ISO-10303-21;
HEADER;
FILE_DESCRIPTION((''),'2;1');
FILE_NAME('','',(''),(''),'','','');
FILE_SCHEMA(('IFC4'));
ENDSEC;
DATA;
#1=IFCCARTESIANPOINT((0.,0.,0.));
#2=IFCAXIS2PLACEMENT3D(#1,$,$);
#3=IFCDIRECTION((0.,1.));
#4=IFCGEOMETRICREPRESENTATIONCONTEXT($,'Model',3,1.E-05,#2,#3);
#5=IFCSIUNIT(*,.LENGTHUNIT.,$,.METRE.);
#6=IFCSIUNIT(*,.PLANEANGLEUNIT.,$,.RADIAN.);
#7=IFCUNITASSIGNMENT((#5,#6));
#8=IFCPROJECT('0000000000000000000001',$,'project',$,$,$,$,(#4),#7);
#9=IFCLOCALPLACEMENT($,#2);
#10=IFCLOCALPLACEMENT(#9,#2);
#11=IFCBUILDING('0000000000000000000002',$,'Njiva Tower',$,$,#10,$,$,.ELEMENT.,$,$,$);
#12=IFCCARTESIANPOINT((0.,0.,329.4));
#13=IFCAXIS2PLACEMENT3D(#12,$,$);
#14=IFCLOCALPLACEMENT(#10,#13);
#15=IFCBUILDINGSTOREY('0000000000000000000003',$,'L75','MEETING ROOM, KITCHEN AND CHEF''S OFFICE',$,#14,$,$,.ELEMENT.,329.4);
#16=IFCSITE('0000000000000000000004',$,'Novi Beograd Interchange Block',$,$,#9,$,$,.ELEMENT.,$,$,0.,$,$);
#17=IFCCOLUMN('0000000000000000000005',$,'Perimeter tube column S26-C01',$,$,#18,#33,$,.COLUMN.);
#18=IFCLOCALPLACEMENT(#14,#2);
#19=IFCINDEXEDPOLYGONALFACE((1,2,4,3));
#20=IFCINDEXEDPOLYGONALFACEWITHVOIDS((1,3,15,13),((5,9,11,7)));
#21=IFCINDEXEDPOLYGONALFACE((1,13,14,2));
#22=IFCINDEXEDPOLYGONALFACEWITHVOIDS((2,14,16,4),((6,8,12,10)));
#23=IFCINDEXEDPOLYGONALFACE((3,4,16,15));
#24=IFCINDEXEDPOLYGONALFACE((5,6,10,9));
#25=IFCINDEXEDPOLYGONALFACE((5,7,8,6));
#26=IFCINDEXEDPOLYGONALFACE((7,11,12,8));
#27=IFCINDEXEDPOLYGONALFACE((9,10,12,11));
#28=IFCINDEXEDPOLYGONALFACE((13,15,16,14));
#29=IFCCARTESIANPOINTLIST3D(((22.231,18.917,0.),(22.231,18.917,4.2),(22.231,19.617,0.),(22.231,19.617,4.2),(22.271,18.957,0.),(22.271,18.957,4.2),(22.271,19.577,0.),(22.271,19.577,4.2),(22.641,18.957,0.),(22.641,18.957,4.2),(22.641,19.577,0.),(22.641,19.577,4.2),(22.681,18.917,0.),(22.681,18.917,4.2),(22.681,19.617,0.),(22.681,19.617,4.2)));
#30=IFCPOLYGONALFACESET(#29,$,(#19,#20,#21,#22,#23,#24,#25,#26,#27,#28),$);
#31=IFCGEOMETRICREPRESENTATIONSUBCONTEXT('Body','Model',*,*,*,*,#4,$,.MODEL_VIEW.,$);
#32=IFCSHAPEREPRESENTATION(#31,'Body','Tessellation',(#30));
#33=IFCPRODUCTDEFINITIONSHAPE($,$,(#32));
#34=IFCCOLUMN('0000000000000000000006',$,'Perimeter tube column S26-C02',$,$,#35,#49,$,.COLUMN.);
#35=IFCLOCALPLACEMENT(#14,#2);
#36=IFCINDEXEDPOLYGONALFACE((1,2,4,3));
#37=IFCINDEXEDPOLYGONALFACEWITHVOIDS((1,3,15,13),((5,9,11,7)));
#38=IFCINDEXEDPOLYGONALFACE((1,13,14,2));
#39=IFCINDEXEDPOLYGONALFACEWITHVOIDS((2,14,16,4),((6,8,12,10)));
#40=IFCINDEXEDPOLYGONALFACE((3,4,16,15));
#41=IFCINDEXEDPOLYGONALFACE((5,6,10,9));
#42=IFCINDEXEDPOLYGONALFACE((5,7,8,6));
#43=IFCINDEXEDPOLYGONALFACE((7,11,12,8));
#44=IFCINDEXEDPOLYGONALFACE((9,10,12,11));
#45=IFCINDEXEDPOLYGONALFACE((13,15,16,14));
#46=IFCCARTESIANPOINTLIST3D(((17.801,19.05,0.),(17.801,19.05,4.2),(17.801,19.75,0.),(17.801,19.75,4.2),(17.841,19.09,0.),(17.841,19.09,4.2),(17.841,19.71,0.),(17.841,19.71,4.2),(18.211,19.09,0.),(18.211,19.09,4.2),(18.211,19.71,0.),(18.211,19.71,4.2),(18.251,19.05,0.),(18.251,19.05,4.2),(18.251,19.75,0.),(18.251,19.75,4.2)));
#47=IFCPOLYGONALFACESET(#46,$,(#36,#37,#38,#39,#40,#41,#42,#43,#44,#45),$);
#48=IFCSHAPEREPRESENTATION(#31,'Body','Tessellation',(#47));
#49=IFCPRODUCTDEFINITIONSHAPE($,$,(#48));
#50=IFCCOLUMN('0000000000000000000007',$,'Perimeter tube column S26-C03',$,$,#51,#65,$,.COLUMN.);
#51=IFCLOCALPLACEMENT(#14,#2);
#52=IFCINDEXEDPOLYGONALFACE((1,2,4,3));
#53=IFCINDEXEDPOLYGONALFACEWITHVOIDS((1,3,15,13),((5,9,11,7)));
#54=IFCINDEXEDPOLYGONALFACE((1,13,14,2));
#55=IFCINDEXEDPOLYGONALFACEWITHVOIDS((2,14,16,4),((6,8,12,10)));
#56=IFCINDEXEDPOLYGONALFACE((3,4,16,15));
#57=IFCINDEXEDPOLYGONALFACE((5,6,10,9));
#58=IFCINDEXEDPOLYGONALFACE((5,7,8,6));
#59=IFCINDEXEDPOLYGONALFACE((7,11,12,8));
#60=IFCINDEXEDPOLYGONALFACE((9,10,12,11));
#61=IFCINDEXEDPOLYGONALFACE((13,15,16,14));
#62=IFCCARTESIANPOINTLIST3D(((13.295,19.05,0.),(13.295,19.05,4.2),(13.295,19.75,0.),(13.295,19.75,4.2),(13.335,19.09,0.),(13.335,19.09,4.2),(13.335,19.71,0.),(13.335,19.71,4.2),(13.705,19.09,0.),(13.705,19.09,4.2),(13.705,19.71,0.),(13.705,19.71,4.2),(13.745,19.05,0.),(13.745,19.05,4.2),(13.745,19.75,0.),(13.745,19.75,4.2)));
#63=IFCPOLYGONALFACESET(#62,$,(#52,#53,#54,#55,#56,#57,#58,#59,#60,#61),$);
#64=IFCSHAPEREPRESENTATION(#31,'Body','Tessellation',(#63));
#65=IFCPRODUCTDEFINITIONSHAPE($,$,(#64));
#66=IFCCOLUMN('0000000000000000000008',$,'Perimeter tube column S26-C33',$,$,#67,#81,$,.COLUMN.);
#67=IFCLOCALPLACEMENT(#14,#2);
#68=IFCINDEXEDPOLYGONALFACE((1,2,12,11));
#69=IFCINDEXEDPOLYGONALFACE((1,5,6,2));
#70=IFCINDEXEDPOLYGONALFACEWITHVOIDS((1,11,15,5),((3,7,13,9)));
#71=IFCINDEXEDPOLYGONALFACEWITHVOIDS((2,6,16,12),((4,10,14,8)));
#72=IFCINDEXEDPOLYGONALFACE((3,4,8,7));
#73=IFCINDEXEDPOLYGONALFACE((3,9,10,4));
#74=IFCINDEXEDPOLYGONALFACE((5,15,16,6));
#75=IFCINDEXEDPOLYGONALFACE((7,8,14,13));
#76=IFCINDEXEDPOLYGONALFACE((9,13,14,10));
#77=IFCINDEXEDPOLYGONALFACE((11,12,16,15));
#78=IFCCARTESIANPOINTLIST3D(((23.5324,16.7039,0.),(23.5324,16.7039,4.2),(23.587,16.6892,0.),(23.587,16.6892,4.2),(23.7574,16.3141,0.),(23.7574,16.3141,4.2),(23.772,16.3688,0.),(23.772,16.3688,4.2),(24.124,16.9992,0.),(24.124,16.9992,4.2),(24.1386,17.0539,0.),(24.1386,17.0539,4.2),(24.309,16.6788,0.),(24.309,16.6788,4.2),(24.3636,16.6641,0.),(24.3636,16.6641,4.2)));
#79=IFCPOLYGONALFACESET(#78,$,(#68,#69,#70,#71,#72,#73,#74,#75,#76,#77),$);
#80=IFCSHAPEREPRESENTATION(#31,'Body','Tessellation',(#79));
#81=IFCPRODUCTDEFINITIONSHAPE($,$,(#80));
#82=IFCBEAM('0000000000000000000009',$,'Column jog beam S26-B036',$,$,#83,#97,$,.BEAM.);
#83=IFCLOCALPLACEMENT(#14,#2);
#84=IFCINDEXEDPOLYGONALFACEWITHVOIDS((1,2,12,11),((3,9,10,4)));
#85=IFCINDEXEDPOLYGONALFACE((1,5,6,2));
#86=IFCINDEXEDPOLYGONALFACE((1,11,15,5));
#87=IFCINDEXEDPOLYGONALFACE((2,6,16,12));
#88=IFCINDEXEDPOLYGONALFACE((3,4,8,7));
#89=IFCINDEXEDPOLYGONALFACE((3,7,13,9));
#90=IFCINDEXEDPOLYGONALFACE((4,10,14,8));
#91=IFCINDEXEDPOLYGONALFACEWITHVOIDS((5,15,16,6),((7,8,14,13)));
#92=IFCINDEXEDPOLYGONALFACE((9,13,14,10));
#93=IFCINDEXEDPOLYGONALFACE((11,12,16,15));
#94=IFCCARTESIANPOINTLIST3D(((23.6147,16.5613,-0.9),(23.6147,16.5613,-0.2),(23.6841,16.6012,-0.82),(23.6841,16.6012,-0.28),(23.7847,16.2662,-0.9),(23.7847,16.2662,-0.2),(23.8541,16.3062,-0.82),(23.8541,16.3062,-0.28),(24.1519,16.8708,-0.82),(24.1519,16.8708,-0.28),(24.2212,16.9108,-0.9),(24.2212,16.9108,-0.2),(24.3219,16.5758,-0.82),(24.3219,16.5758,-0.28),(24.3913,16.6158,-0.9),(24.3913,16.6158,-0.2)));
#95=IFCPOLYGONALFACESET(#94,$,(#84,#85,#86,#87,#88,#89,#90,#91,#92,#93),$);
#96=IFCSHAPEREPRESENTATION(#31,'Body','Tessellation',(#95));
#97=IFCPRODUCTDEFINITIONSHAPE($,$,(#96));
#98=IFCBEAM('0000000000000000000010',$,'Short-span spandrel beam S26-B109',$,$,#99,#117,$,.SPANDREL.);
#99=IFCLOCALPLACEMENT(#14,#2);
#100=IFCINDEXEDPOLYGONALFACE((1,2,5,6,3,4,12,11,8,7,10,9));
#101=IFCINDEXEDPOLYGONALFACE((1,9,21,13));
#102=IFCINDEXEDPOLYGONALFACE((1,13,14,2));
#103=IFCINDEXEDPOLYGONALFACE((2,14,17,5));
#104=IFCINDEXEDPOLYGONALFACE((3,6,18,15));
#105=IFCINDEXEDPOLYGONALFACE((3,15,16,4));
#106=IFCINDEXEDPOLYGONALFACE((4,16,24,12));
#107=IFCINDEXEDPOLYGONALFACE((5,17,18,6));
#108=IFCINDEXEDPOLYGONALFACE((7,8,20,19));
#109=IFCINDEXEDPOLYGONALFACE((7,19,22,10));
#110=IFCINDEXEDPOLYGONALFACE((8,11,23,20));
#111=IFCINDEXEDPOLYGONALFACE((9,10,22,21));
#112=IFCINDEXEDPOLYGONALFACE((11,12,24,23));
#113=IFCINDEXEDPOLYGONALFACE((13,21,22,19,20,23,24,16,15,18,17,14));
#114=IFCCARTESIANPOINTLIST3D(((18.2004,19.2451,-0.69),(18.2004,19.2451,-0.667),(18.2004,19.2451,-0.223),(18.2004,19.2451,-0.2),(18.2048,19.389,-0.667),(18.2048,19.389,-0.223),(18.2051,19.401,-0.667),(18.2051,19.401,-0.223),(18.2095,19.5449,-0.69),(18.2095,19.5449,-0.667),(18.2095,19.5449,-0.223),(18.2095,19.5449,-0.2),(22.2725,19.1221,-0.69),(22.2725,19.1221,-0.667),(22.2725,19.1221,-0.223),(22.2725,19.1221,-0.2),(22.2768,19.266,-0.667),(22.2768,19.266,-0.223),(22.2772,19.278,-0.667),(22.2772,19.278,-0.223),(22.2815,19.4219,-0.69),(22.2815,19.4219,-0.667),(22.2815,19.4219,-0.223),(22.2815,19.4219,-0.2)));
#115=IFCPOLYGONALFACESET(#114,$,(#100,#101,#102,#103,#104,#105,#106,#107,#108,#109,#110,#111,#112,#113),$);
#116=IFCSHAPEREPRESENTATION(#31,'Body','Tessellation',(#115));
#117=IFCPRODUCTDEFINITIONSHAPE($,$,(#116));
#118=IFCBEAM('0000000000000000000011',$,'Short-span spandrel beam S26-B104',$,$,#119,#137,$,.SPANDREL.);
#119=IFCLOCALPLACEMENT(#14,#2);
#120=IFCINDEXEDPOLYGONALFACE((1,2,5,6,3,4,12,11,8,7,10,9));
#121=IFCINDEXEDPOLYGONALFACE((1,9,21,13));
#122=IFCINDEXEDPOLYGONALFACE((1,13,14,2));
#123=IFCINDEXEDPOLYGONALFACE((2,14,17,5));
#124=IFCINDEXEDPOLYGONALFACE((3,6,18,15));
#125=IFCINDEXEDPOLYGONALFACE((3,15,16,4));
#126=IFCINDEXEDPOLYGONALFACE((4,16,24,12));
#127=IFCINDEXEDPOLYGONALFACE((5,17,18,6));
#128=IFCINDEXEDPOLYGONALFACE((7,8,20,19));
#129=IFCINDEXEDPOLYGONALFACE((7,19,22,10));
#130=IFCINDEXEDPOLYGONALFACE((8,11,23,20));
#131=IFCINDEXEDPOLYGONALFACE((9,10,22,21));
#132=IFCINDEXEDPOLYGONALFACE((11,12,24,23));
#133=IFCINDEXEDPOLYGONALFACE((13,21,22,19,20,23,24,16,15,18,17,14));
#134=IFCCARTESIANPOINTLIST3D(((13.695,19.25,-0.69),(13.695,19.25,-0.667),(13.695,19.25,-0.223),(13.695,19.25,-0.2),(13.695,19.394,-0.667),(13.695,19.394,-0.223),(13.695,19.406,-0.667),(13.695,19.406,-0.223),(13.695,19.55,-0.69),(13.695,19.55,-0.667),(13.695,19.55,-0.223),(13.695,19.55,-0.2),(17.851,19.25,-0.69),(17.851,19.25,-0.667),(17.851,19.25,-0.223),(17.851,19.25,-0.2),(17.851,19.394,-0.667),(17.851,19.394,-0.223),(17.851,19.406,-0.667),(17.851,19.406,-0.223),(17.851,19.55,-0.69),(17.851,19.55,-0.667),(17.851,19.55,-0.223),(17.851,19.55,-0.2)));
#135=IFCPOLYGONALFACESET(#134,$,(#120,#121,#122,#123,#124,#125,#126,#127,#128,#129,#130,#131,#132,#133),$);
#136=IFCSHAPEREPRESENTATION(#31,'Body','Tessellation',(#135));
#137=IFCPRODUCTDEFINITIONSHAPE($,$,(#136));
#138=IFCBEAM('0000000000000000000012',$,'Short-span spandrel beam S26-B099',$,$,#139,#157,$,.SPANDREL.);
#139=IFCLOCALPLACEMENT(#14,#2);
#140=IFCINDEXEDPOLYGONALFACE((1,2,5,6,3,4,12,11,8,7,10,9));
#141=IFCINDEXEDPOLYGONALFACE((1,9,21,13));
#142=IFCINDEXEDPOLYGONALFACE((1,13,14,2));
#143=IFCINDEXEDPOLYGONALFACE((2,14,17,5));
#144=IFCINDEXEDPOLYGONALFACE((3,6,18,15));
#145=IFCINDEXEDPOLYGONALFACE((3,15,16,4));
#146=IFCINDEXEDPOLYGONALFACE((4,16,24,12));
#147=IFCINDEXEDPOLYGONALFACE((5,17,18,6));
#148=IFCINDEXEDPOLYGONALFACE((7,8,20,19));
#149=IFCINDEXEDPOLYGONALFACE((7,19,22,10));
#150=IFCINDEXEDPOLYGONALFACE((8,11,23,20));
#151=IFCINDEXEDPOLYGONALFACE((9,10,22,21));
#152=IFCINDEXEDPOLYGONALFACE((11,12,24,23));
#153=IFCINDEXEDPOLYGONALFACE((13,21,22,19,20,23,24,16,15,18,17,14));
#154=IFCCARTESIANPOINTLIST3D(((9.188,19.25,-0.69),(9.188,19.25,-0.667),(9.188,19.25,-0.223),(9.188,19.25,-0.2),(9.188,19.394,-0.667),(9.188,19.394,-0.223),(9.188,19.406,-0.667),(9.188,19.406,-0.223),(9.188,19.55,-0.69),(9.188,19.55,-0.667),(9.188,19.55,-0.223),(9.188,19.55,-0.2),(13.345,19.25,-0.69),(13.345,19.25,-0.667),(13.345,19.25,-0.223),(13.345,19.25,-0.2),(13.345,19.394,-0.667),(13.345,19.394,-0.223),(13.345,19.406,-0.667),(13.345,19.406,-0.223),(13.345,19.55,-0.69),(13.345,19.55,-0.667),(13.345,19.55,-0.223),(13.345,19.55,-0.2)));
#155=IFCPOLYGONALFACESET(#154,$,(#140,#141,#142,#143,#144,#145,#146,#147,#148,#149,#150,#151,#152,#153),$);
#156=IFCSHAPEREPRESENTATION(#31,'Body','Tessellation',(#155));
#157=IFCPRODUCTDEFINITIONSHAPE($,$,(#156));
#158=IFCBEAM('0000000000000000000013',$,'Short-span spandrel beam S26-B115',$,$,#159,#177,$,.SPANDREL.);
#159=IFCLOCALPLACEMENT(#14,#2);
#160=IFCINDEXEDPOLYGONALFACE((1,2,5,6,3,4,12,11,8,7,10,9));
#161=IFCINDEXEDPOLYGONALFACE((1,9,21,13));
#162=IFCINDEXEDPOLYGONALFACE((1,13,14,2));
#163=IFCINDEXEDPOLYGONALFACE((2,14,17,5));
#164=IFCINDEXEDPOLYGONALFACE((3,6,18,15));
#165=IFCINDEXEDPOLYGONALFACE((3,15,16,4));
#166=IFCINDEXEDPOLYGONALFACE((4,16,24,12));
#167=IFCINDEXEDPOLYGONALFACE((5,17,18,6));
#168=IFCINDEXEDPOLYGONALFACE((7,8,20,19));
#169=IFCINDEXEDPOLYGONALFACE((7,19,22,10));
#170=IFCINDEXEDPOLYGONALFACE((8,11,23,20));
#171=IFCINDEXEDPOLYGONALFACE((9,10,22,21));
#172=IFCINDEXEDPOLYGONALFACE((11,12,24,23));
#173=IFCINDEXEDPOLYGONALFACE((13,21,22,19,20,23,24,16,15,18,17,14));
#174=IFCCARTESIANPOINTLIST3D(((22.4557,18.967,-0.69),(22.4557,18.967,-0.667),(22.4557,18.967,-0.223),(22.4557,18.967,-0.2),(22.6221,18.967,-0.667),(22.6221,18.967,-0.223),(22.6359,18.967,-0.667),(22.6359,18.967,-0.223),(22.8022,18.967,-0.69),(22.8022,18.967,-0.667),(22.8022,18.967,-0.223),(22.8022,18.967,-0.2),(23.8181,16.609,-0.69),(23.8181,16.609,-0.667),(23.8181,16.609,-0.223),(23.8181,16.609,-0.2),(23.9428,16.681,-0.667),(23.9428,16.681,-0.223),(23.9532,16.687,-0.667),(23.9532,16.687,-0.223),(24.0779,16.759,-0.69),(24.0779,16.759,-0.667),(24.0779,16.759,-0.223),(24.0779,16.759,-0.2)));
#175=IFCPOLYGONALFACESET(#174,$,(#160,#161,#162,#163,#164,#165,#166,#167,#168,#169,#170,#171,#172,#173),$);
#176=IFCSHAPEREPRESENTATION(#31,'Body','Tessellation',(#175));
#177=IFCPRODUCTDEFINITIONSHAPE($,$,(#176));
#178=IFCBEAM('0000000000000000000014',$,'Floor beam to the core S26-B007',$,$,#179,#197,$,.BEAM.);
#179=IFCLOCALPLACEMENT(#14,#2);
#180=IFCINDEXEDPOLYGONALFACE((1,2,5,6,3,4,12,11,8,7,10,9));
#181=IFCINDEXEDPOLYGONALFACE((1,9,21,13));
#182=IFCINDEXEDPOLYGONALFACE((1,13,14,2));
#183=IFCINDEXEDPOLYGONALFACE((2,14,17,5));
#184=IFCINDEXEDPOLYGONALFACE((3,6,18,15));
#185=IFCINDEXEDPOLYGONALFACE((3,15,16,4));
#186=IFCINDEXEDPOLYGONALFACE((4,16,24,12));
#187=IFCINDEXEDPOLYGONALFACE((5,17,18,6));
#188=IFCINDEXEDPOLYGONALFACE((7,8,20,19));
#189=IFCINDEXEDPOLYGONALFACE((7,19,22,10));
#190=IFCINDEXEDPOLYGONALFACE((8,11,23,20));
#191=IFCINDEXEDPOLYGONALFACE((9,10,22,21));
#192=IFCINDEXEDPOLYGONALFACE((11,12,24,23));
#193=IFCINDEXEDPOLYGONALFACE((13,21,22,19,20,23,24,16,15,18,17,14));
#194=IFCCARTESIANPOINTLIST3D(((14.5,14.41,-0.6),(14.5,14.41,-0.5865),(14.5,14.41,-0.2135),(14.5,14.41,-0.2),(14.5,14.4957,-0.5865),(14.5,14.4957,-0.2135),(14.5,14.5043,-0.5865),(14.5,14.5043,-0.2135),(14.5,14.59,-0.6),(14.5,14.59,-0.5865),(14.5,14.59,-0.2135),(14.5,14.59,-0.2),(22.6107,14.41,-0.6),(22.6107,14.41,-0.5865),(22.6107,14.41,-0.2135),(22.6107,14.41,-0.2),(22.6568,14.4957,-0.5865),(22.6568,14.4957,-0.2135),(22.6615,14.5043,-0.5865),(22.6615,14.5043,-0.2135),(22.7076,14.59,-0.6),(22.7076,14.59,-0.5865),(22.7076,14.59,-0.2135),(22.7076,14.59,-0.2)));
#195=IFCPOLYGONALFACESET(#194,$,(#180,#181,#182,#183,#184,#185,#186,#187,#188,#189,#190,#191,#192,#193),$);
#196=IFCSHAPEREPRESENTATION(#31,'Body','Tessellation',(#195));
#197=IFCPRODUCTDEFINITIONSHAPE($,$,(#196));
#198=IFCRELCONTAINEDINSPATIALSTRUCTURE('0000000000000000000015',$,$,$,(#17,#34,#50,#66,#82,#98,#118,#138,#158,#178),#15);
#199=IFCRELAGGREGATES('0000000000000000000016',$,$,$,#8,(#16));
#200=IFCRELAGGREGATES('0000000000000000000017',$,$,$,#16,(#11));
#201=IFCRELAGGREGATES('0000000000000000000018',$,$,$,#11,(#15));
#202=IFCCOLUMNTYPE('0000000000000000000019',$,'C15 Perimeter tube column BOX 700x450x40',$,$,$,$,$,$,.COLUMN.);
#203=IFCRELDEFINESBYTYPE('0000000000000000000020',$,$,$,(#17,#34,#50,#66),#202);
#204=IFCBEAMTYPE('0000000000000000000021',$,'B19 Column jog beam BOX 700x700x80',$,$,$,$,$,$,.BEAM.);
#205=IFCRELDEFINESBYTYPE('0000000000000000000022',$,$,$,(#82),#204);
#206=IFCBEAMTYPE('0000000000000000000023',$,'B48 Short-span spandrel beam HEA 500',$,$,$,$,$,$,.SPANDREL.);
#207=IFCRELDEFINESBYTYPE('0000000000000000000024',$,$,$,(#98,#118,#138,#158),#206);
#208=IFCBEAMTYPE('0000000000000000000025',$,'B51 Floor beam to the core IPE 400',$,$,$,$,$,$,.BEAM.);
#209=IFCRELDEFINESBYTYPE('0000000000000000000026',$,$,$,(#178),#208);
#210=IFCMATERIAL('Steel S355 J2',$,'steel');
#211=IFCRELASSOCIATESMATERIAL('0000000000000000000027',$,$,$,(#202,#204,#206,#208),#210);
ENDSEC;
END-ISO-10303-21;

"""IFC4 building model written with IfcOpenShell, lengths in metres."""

from ifc_helpers import new_model, si_unit, direction, frame, origin, origin_2d, place, context, subcontext, project, spatial, hollow_rectangle, i_section, extrude, clip, halfspace, material, material_profile, profile_set, type_object, element, save


model = new_model("IFC4")

# Units and contexts
model_context = context("Model", 3, precision=1e-05, world=origin(), true_north=direction((0.0, 1.0)))
body_context = subcontext(model_context, "Body", "Model", "MODEL_VIEW")
ifc_project = project(units=[si_unit("LENGTHUNIT", "METRE"), si_unit("PLANEANGLEUNIT", "RADIAN")], contexts=[model_context])

# Site, building, storey
site_placement = place(None, origin())
site = spatial("IfcSite", under=ifc_project, at=site_placement, Name="Novi Beograd Interchange Block", CompositionType="ELEMENT", RefElevation=0.0)
building_placement = place(site_placement, origin())
building = spatial("IfcBuilding", under=site, at=building_placement, Name="Njiva Tower", CompositionType="ELEMENT")
storey_placement = place(building_placement, frame((0.0, 0.0, 329.4)))
storey = spatial("IfcBuildingStorey", under=building, at=storey_placement, Name="L75", Description="MEETING ROOM, KITCHEN AND CHEF'S OFFICE", CompositionType="ELEMENT", Elevation=329.4)

# Columns
ifc_material_1 = material(Name="Steel S355 J2", Category="steel")
ifc_material_profile_1 = material_profile(ifc_material_1, hollow_rectangle(XDim=0.45, YDim=0.7, WallThickness=0.04, at=origin_2d()), Name="BOX 700x450x40")
ifc_profile_set_1 = profile_set([ifc_material_profile_1], Name="Steel S355 J2")
column_type = type_object("IfcColumnType", Name="C15 Perimeter tube column BOX 700x450x40", PredefinedType="COLUMN", material=ifc_profile_set_1)
for number, where, z_axis, x_axis, name in (
    (1, (22.456, 19.267, 0.0), (0.0, 0.0, 1.0), (-1.0, 0.0, 0.0), "Perimeter tube column S26-C01"),
    (2, (18.026, 19.4, 0.0), (0.0, 0.0, 1.0), (-1.0, 0.0, 0.0), "Perimeter tube column S26-C02"),
    (3, (13.52, 19.4, 0.0), (0.0, 0.0, 1.0), (-1.0, 0.0, 0.0), "Perimeter tube column S26-C03"),
    (4, (23.948, 16.684, 0.0), (0.0, 0.0, 1.0), (-0.5, 0.866025, 0.0), "Perimeter tube column S26-C33"),
):
    element("IfcColumn", number, at=place(storey_placement, frame(where, z_axis=z_axis, x_axis=x_axis)), inside=storey, type_object=column_type, Name=name, PredefinedType="COLUMN", context=body_context, shape_type="SweptSolid", body=[
        extrude(hollow_rectangle(XDim=0.45, YDim=0.7, WallThickness=0.04, at=origin_2d()), origin(), (0.0, 0.0, 1.0), 4.2),
    ])

# Beams
ifc_material_profile_2 = material_profile(ifc_material_1, hollow_rectangle(XDim=0.7, YDim=0.7, WallThickness=0.08, at=origin_2d()), Name="BOX 700x700x80")
ifc_profile_set_2 = profile_set([ifc_material_profile_2], Name="Steel S355 J2")
beam_type_1 = type_object("IfcBeamType", Name="B19 Column jog beam BOX 700x700x80", PredefinedType="BEAM", material=ifc_profile_set_2)
beam_1_placement = place(storey_placement, frame((24.088, 16.441, -0.55), z_axis=(-0.499299, 0.86643, 0.0), x_axis=(-0.86643, -0.499299, 0.0)))
element("IfcBeam", 5, at=beam_1_placement, inside=storey, type_object=beam_type_1, Name="Column jog beam S26-B036", PredefinedType="BEAM", context=body_context, shape_type="SweptSolid", body=[
    extrude(hollow_rectangle(XDim=0.7, YDim=0.7, WallThickness=0.08, at=origin_2d()), origin(), (0.0, 0.0, 1.0), 0.3405),
])
ifc_material_profile_3 = material_profile(ifc_material_1, i_section(OverallWidth=0.3, OverallDepth=0.49, WebThickness=0.012, FlangeThickness=0.023, at=origin_2d()), Name="HEA 500")
ifc_profile_set_3 = profile_set([ifc_material_profile_3], Name="Steel S355 J2")
beam_type_2 = type_object("IfcBeamType", Name="B48 Short-span spandrel beam HEA 500", PredefinedType="SPANDREL", material=ifc_profile_set_3)
beam_2_placement = place(storey_placement, frame((22.277, 19.272, -0.445), z_axis=(-0.999544, 0.030193, 0.0), x_axis=(-0.030193, -0.999544, 0.0)))
element("IfcBeam", 6, at=beam_2_placement, inside=storey, type_object=beam_type_2, Name="Short-span spandrel beam S26-B109", PredefinedType="SPANDREL", context=body_context, shape_type="SweptSolid", body=[
    extrude(i_section(OverallWidth=0.3, OverallDepth=0.49, WebThickness=0.012, FlangeThickness=0.023, at=origin_2d()), origin(), (0.0, 0.0, 1.0), 4.0739),
])
beam_3_placement = place(storey_placement, frame((17.851, 19.4, -0.445), z_axis=(-1.0, 0.0, 0.0), x_axis=(0.0, -1.0, 0.0)))
element("IfcBeam", 7, at=beam_3_placement, inside=storey, type_object=beam_type_2, Name="Short-span spandrel beam S26-B104", PredefinedType="SPANDREL", context=body_context, shape_type="SweptSolid", body=[
    extrude(i_section(OverallWidth=0.3, OverallDepth=0.49, WebThickness=0.012, FlangeThickness=0.023, at=origin_2d()), origin(), (0.0, 0.0, 1.0), 4.156),
])
beam_4_placement = place(storey_placement, frame((13.345, 19.4, -0.445), z_axis=(-1.0, 0.0, 0.0), x_axis=(0.0, -1.0, 0.0)))
element("IfcBeam", 8, at=beam_4_placement, inside=storey, type_object=beam_type_2, Name="Short-span spandrel beam S26-B099", PredefinedType="SPANDREL", context=body_context, shape_type="SweptSolid", body=[
    extrude(i_section(OverallWidth=0.3, OverallDepth=0.49, WebThickness=0.012, FlangeThickness=0.023, at=origin_2d()), origin(), (0.0, 0.0, 1.0), 4.157),
])
beam_5_placement = place(storey_placement, frame((23.948, 16.684, -0.445), z_axis=(-0.500259, 0.865876, 0.0), x_axis=(-0.865876, -0.500259, 0.0)))
element("IfcBeam", 9, at=beam_5_placement, inside=storey, type_object=beam_type_2, Name="Short-span spandrel beam S26-B115", PredefinedType="SPANDREL", context=body_context, shape_type="Clipping", body=[
    clip(extrude(i_section(OverallWidth=0.3, OverallDepth=0.49, WebThickness=0.012, FlangeThickness=0.023, at=origin_2d()), origin(), (0.0, 0.0, 1.0), 2.7436), halfspace(frame((-0.0254, 0.0, 2.622), z_axis=(-0.500259, 0.0, 0.865876), x_axis=(0.0, 1.0, 0.0)), False)),
])
ifc_material_profile_4 = material_profile(ifc_material_1, i_section(OverallWidth=0.18, OverallDepth=0.4, WebThickness=0.0086, FlangeThickness=0.0135, at=origin_2d()), Name="IPE 400")
ifc_profile_set_4 = profile_set([ifc_material_profile_4], Name="Steel S355 J2")
beam_type_3 = type_object("IfcBeamType", Name="B51 Floor beam to the core IPE 400", PredefinedType="BEAM", material=ifc_profile_set_4)
beam_6_placement = place(storey_placement, frame((14.5, 14.5, -0.4), z_axis=(1.0, 0.0, 0.0), x_axis=(0.0, 1.0, 0.0)))
element("IfcBeam", 10, at=beam_6_placement, inside=storey, type_object=beam_type_3, Name="Floor beam to the core S26-B007", PredefinedType="BEAM", context=body_context, shape_type="Clipping", body=[
    clip(extrude(i_section(OverallWidth=0.18, OverallDepth=0.4, WebThickness=0.0086, FlangeThickness=0.0135, at=origin_2d()), origin(), (0.0, 0.0, 1.0), 8.227), halfspace(frame((-0.0237, 0.0, 8.1464), z_axis=(-0.473762, 0.0, 0.880653), x_axis=(0.0, 1.0, 0.0)), False)),
])

save(model, "model.ifc")
